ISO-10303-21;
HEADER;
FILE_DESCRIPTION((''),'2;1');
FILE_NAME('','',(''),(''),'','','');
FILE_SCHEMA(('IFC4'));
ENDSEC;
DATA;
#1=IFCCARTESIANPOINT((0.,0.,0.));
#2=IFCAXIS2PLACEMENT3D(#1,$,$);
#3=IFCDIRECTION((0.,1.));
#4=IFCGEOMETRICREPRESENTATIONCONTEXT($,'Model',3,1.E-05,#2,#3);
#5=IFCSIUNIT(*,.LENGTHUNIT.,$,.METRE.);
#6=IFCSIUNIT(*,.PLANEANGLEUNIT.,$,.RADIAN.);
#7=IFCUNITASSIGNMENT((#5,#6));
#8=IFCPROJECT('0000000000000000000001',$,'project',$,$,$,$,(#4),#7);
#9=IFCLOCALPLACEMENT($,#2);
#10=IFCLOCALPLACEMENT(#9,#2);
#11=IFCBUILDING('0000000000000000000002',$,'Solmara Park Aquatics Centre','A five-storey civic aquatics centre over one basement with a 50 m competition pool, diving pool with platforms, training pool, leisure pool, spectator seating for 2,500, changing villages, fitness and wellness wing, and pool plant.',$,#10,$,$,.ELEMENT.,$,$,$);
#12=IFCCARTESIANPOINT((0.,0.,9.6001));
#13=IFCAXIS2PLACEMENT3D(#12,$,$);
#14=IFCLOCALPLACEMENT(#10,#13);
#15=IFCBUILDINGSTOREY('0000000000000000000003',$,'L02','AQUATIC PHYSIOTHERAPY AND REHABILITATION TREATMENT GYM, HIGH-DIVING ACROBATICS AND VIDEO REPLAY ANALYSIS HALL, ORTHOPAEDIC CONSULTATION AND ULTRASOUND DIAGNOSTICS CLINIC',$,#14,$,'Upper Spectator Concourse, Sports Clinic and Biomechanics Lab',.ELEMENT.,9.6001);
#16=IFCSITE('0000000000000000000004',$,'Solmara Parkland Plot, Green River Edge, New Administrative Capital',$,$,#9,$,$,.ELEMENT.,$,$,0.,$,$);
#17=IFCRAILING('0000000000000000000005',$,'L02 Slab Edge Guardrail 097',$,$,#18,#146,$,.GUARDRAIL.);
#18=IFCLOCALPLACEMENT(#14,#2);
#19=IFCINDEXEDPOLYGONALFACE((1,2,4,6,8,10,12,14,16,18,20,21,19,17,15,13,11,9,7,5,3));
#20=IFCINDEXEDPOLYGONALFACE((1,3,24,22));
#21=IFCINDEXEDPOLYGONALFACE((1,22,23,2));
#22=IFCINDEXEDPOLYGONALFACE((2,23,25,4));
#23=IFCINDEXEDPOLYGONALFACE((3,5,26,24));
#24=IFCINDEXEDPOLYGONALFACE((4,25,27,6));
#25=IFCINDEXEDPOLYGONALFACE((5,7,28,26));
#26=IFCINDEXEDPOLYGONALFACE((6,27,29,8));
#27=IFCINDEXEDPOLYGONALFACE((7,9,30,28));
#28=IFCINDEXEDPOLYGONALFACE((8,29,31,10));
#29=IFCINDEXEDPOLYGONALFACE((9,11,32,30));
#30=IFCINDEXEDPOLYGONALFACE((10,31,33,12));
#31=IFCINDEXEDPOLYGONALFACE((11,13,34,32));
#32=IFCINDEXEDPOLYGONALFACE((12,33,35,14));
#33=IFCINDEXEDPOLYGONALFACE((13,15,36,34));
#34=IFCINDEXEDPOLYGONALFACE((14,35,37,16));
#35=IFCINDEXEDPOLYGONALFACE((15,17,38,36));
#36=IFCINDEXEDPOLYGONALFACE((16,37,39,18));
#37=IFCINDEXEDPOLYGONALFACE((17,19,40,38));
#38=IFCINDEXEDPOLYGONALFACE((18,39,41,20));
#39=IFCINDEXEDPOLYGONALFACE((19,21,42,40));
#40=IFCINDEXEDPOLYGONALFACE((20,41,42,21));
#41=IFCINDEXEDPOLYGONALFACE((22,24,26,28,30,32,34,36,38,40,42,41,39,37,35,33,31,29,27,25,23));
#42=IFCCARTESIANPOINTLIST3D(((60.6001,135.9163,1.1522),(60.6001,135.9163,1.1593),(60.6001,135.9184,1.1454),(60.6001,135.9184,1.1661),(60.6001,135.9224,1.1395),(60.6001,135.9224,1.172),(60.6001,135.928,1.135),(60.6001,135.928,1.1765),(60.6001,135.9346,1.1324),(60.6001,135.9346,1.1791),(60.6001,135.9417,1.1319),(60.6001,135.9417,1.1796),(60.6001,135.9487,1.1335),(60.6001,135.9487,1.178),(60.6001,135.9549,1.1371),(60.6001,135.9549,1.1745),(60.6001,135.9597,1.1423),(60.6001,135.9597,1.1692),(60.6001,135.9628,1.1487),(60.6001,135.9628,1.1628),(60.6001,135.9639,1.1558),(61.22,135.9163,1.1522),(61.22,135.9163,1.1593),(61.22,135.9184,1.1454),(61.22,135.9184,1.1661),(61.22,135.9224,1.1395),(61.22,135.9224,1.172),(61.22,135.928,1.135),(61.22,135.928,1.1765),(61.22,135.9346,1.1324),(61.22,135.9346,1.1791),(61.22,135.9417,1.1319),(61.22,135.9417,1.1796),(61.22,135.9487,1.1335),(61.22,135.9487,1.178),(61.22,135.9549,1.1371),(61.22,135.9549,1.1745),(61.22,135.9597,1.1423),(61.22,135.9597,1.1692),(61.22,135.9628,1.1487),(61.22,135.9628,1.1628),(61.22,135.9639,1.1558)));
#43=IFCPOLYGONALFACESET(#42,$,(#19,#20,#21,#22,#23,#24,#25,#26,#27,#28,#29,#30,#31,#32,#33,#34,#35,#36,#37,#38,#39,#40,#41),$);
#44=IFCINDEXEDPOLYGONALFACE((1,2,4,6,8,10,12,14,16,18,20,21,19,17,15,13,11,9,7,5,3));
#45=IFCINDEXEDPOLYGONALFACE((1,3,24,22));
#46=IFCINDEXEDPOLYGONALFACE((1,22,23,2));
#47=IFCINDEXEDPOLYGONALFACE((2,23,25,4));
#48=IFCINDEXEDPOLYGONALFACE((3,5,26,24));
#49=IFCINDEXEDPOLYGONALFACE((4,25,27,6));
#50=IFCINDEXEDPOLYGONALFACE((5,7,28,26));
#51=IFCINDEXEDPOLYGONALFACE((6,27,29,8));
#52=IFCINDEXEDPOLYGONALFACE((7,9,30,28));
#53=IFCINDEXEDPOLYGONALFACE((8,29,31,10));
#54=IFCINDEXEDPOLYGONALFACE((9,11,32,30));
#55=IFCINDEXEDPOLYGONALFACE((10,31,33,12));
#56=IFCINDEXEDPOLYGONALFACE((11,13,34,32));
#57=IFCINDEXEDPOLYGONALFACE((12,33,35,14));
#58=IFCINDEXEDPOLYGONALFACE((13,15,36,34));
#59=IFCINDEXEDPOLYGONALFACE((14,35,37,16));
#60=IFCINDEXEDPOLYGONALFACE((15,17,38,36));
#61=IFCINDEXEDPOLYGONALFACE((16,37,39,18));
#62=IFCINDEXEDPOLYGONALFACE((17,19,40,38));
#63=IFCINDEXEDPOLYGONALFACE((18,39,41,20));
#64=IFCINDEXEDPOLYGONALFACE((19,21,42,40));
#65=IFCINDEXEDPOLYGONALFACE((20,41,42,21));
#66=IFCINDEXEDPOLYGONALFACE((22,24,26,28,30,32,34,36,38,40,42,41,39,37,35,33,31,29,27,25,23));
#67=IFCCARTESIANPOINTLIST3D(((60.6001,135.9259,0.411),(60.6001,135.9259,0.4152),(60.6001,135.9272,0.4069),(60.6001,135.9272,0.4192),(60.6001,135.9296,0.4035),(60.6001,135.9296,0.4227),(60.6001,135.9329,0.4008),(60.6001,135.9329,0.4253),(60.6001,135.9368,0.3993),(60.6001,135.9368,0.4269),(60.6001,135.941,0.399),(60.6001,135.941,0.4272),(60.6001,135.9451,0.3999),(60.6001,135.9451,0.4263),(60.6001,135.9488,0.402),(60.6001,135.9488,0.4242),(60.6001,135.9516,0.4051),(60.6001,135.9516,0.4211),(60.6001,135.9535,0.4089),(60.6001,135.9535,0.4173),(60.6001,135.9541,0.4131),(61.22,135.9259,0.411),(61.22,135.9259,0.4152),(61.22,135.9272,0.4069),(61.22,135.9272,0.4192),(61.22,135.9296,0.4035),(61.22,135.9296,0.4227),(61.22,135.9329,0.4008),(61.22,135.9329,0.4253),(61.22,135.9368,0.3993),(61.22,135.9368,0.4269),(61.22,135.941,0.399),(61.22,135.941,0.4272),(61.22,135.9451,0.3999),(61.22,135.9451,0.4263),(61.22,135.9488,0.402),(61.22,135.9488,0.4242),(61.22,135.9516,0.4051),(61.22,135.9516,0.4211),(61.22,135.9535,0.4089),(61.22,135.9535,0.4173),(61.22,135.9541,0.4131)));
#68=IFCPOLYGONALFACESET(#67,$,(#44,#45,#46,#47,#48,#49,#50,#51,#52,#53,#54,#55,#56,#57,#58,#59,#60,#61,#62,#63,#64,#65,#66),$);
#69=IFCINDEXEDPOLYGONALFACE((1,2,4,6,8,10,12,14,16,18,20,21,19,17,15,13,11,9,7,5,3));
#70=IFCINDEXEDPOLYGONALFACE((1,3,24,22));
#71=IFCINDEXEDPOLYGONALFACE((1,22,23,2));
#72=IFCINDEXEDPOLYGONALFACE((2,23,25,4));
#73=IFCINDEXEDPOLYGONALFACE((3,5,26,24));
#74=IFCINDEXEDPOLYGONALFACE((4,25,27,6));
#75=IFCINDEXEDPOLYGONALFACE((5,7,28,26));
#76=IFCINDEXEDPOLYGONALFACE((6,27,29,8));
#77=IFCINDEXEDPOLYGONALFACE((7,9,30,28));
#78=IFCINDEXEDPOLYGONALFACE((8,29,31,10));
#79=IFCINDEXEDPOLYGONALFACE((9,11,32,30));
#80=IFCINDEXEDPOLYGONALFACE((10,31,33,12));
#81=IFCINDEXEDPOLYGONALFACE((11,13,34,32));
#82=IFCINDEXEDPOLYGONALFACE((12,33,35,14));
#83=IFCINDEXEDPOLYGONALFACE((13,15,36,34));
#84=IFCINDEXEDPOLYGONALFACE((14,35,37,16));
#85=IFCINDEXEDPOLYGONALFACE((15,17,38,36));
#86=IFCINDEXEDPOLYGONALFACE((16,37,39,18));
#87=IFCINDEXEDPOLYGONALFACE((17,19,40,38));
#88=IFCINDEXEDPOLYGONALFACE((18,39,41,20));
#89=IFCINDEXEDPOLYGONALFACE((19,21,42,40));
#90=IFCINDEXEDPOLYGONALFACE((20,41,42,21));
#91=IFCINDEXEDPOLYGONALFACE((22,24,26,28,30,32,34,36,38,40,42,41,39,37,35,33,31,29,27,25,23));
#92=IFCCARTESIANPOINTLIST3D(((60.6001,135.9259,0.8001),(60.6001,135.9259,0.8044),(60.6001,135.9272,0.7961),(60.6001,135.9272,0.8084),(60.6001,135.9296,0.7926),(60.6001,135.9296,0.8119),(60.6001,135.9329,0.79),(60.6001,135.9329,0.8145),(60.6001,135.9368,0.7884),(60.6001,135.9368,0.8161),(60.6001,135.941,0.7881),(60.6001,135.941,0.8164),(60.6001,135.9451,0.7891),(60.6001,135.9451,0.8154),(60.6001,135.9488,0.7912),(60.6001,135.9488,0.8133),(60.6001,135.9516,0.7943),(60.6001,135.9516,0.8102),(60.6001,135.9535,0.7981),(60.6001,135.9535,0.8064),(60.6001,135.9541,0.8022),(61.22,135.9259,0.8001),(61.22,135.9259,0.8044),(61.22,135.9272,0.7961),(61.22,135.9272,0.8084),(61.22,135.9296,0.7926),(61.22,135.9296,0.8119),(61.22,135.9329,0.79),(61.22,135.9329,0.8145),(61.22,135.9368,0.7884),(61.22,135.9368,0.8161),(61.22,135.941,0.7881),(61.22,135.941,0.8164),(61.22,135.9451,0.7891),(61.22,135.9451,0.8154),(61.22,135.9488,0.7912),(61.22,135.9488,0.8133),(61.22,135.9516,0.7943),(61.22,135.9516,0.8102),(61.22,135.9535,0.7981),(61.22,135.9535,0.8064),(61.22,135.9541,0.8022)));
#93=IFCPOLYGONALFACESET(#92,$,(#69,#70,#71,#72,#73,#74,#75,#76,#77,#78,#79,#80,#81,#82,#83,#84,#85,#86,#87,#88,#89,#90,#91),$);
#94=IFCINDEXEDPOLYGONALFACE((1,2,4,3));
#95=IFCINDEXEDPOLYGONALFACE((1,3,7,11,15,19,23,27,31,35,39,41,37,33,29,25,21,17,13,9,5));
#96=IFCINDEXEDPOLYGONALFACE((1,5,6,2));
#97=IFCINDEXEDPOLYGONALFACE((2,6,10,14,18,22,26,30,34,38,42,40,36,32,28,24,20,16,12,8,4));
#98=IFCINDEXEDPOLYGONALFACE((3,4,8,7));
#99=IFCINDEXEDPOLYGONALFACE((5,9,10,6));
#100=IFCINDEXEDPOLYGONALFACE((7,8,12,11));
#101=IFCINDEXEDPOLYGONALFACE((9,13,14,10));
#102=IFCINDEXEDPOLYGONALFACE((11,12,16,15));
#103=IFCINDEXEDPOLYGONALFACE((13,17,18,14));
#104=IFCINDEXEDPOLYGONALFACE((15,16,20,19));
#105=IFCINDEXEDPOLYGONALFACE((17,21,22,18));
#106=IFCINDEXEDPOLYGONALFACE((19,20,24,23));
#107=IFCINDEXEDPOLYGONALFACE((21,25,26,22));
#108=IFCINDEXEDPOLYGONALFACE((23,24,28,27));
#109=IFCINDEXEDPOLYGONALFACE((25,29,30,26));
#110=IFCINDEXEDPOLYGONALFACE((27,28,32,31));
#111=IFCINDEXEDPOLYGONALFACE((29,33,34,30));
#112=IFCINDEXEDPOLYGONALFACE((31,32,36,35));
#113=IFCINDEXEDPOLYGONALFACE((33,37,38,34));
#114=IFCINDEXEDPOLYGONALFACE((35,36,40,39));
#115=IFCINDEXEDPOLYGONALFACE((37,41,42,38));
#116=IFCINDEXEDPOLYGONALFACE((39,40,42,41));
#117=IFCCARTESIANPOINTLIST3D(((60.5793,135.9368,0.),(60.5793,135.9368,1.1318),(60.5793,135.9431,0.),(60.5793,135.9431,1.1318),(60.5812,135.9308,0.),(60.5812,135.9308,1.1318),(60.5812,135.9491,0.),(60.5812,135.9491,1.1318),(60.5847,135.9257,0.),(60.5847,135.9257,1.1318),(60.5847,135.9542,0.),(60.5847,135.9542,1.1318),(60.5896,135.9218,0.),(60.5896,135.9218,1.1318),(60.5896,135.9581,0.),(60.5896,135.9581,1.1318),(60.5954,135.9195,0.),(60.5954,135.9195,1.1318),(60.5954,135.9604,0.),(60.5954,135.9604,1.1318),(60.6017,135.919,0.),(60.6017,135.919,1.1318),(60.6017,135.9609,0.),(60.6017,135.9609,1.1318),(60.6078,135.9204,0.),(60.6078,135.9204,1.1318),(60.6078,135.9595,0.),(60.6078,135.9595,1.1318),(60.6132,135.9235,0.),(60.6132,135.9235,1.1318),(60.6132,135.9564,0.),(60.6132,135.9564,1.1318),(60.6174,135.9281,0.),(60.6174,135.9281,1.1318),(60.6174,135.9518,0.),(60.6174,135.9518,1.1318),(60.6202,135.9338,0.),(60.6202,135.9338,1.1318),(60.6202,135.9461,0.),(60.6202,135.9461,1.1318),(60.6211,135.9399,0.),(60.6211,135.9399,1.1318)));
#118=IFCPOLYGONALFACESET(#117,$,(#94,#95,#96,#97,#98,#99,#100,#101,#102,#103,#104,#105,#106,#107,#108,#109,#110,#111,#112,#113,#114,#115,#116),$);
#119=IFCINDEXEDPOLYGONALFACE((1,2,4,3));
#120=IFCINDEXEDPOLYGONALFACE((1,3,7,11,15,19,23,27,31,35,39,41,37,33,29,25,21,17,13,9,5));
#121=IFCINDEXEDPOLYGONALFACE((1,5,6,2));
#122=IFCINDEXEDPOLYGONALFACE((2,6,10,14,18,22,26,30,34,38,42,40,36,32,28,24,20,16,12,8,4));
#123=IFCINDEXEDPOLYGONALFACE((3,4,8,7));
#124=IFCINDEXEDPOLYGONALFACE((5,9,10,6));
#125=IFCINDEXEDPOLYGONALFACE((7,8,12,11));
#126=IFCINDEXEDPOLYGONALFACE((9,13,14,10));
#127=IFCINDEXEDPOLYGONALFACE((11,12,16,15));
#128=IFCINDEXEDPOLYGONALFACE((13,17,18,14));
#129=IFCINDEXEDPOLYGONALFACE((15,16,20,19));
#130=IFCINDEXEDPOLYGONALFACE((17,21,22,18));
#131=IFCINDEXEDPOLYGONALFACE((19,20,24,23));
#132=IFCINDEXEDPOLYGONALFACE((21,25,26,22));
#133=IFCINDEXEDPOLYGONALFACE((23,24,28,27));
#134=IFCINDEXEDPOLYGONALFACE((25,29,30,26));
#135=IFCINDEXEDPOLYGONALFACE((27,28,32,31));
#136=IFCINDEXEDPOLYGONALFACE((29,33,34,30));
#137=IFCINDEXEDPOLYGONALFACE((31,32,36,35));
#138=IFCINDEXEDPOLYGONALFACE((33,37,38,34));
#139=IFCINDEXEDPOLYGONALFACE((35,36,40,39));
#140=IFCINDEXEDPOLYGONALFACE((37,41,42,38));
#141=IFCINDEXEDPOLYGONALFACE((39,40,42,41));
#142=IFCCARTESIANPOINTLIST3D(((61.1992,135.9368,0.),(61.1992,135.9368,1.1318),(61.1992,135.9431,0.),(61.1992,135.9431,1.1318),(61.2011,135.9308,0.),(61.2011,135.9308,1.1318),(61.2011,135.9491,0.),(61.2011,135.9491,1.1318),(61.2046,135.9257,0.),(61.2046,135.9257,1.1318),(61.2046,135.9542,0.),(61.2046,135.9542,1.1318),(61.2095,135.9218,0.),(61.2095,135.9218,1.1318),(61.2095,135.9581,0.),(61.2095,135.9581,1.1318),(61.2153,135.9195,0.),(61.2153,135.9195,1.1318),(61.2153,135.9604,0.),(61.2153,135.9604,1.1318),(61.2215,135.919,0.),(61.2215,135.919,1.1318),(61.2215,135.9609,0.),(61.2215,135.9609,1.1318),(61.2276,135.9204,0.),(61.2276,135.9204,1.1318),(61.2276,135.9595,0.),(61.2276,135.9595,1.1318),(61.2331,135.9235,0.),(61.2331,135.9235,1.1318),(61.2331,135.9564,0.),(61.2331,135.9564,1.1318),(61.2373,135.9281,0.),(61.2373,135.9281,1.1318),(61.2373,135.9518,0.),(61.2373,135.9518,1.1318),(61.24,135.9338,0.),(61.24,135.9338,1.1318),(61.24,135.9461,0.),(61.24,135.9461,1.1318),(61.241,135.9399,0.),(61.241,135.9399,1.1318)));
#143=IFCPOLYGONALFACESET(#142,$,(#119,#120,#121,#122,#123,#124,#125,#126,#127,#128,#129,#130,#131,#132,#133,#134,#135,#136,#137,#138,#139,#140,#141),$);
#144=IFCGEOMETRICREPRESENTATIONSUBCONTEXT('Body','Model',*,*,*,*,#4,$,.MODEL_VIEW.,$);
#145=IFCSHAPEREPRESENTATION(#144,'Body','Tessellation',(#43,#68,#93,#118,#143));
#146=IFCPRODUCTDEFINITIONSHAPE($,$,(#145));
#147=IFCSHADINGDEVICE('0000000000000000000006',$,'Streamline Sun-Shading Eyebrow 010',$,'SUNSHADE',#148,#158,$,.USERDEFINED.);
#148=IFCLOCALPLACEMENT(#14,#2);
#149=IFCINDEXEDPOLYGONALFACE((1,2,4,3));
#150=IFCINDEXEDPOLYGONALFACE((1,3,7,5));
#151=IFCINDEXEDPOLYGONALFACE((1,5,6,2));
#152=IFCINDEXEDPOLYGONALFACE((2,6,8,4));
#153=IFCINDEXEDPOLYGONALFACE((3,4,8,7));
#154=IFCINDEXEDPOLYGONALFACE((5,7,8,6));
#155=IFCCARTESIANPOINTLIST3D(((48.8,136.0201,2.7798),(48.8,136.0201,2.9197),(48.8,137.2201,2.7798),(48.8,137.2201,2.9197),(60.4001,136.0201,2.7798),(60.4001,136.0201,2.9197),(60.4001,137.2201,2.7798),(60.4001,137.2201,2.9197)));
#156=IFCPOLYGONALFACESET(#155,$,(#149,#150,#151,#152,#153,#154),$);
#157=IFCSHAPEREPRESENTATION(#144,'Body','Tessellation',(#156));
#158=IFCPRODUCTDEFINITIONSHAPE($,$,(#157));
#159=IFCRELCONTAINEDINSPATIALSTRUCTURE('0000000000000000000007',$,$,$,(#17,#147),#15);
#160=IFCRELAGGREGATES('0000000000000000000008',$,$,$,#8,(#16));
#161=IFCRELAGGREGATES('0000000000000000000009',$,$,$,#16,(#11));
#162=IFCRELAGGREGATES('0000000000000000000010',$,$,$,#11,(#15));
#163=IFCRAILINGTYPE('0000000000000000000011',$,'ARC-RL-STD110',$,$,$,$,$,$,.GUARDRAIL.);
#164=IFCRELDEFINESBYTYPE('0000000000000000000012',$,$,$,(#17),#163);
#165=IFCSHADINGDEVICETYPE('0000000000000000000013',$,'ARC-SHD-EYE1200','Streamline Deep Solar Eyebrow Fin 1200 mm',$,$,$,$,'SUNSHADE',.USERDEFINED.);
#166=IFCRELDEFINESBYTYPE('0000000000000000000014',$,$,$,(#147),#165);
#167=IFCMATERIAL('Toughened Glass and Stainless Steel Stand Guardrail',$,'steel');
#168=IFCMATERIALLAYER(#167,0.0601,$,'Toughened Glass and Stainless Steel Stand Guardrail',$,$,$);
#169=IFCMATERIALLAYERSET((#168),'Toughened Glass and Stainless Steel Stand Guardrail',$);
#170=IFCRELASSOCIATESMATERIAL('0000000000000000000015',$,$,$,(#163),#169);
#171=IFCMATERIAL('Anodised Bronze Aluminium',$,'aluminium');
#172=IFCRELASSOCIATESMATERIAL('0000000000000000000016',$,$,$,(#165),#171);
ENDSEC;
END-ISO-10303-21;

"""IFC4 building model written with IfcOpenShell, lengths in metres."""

from ifc_helpers import new_model, si_unit, direction, frame, origin, origin_2d, place, context, subcontext, project, spatial, rectangle, circle, extrude, material, layer, layer_set, type_object, element, save


model = new_model("IFC4")

# Units and contexts
model_context = context("Model", 3, precision=1e-05, world=origin(), true_north=direction((0.0, 1.0)))
body_context = subcontext(model_context, "Body", "Model", "MODEL_VIEW")
ifc_project = project(units=[si_unit("LENGTHUNIT", "METRE"), si_unit("PLANEANGLEUNIT", "RADIAN")], contexts=[model_context])

# Site, building, storey
site_placement = place(None, origin())
site = spatial("IfcSite", under=ifc_project, at=site_placement, Name="Solmara Parkland Plot, Green River Edge, New Administrative Capital", CompositionType="ELEMENT", RefElevation=0.0)
building_placement = place(site_placement, origin())
building = spatial("IfcBuilding", under=site, at=building_placement, Name="Solmara Park Aquatics Centre", Description="A five-storey civic aquatics centre over one basement with a 50 m competition pool, diving pool with platforms, training pool, leisure pool, spectator seating for 2,500, changing villages, fitness and wellness wing, and pool plant.", CompositionType="ELEMENT")
storey_placement = place(building_placement, frame((0.0, 0.0, 9.6001)))
storey = spatial("IfcBuildingStorey", under=building, at=storey_placement, Name="L02", Description="AQUATIC PHYSIOTHERAPY AND REHABILITATION TREATMENT GYM, HIGH-DIVING ACROBATICS AND VIDEO REPLAY ANALYSIS HALL, ORTHOPAEDIC CONSULTATION AND ULTRASOUND DIAGNOSTICS CLINIC", LongName="Upper Spectator Concourse, Sports Clinic and Biomechanics Lab", CompositionType="ELEMENT", Elevation=9.6001)

# Railing
ifc_material_1 = material(Name="Toughened Glass and Stainless Steel Stand Guardrail", Category="steel")
ifc_layer_1 = layer(ifc_material_1, 0.0601, Name="Toughened Glass and Stainless Steel Stand Guardrail")
ifc_layer_set_1 = layer_set([ifc_layer_1], Name="Toughened Glass and Stainless Steel Stand Guardrail")
railing_type = type_object("IfcRailingType", Name="ARC-RL-STD110", PredefinedType="GUARDRAIL", material=ifc_layer_set_1)
railing_1_placement = place(storey_placement, frame((60.6001, 135.9399, 0.0)))
element("IfcRailing", 1, at=railing_1_placement, inside=storey, type_object=railing_type, Name="L02 Slab Edge Guardrail 097", PredefinedType="GUARDRAIL", context=body_context, shape_type="SweptSolid", body=[
    extrude(circle(Radius=0.0239, at=origin_2d()), frame((0.0, 0.0, 1.1558), z_axis=(1.0, 0.0, 0.0), x_axis=(0.0, 1.0, 0.0)), (0.0, 0.0, 1.0), 0.6199),
    extrude(circle(Radius=0.0142, at=origin_2d()), frame((0.0, 0.0, 0.4131), z_axis=(1.0, 0.0, 0.0), x_axis=(0.0, 1.0, 0.0)), (0.0, 0.0, 1.0), 0.6199),
    extrude(circle(Radius=0.0142, at=origin_2d()), frame((0.0, 0.0, 0.8022), z_axis=(1.0, 0.0, 0.0), x_axis=(0.0, 1.0, 0.0)), (0.0, 0.0, 1.0), 0.6199),
    extrude(circle(Radius=0.021, at=origin_2d()), origin(), (0.0, 0.0, 1.0), 1.1318),
    extrude(circle(Radius=0.021, at=origin_2d()), frame((0.6199, 0.0, 0.0)), (0.0, 0.0, 1.0), 1.1318),
])

# Shading device
ifc_material_2 = material(Name="Anodised Bronze Aluminium", Category="aluminium")
shading_device_type = type_object("IfcShadingDeviceType", Name="ARC-SHD-EYE1200", Description="Streamline Deep Solar Eyebrow Fin 1200 mm", ElementType="SUNSHADE", PredefinedType="USERDEFINED", material=ifc_material_2)
shading_device_placement = place(storey_placement, frame((54.6001, 136.6201, 2.7798), z_axis=(0.0, 0.0, 1.0), x_axis=(1.0, 0.0, 0.0)))
element("IfcShadingDevice", 2, at=shading_device_placement, inside=storey, type_object=shading_device_type, Name="Streamline Sun-Shading Eyebrow 010", ObjectType="SUNSHADE", PredefinedType="USERDEFINED", context=body_context, shape_type="SweptSolid", body=[
    extrude(rectangle(XDim=11.6001, YDim=1.2, at=origin_2d()), origin(), (0.0, 0.0, 1.0), 0.1399),
])

save(model, "model.ifc")
